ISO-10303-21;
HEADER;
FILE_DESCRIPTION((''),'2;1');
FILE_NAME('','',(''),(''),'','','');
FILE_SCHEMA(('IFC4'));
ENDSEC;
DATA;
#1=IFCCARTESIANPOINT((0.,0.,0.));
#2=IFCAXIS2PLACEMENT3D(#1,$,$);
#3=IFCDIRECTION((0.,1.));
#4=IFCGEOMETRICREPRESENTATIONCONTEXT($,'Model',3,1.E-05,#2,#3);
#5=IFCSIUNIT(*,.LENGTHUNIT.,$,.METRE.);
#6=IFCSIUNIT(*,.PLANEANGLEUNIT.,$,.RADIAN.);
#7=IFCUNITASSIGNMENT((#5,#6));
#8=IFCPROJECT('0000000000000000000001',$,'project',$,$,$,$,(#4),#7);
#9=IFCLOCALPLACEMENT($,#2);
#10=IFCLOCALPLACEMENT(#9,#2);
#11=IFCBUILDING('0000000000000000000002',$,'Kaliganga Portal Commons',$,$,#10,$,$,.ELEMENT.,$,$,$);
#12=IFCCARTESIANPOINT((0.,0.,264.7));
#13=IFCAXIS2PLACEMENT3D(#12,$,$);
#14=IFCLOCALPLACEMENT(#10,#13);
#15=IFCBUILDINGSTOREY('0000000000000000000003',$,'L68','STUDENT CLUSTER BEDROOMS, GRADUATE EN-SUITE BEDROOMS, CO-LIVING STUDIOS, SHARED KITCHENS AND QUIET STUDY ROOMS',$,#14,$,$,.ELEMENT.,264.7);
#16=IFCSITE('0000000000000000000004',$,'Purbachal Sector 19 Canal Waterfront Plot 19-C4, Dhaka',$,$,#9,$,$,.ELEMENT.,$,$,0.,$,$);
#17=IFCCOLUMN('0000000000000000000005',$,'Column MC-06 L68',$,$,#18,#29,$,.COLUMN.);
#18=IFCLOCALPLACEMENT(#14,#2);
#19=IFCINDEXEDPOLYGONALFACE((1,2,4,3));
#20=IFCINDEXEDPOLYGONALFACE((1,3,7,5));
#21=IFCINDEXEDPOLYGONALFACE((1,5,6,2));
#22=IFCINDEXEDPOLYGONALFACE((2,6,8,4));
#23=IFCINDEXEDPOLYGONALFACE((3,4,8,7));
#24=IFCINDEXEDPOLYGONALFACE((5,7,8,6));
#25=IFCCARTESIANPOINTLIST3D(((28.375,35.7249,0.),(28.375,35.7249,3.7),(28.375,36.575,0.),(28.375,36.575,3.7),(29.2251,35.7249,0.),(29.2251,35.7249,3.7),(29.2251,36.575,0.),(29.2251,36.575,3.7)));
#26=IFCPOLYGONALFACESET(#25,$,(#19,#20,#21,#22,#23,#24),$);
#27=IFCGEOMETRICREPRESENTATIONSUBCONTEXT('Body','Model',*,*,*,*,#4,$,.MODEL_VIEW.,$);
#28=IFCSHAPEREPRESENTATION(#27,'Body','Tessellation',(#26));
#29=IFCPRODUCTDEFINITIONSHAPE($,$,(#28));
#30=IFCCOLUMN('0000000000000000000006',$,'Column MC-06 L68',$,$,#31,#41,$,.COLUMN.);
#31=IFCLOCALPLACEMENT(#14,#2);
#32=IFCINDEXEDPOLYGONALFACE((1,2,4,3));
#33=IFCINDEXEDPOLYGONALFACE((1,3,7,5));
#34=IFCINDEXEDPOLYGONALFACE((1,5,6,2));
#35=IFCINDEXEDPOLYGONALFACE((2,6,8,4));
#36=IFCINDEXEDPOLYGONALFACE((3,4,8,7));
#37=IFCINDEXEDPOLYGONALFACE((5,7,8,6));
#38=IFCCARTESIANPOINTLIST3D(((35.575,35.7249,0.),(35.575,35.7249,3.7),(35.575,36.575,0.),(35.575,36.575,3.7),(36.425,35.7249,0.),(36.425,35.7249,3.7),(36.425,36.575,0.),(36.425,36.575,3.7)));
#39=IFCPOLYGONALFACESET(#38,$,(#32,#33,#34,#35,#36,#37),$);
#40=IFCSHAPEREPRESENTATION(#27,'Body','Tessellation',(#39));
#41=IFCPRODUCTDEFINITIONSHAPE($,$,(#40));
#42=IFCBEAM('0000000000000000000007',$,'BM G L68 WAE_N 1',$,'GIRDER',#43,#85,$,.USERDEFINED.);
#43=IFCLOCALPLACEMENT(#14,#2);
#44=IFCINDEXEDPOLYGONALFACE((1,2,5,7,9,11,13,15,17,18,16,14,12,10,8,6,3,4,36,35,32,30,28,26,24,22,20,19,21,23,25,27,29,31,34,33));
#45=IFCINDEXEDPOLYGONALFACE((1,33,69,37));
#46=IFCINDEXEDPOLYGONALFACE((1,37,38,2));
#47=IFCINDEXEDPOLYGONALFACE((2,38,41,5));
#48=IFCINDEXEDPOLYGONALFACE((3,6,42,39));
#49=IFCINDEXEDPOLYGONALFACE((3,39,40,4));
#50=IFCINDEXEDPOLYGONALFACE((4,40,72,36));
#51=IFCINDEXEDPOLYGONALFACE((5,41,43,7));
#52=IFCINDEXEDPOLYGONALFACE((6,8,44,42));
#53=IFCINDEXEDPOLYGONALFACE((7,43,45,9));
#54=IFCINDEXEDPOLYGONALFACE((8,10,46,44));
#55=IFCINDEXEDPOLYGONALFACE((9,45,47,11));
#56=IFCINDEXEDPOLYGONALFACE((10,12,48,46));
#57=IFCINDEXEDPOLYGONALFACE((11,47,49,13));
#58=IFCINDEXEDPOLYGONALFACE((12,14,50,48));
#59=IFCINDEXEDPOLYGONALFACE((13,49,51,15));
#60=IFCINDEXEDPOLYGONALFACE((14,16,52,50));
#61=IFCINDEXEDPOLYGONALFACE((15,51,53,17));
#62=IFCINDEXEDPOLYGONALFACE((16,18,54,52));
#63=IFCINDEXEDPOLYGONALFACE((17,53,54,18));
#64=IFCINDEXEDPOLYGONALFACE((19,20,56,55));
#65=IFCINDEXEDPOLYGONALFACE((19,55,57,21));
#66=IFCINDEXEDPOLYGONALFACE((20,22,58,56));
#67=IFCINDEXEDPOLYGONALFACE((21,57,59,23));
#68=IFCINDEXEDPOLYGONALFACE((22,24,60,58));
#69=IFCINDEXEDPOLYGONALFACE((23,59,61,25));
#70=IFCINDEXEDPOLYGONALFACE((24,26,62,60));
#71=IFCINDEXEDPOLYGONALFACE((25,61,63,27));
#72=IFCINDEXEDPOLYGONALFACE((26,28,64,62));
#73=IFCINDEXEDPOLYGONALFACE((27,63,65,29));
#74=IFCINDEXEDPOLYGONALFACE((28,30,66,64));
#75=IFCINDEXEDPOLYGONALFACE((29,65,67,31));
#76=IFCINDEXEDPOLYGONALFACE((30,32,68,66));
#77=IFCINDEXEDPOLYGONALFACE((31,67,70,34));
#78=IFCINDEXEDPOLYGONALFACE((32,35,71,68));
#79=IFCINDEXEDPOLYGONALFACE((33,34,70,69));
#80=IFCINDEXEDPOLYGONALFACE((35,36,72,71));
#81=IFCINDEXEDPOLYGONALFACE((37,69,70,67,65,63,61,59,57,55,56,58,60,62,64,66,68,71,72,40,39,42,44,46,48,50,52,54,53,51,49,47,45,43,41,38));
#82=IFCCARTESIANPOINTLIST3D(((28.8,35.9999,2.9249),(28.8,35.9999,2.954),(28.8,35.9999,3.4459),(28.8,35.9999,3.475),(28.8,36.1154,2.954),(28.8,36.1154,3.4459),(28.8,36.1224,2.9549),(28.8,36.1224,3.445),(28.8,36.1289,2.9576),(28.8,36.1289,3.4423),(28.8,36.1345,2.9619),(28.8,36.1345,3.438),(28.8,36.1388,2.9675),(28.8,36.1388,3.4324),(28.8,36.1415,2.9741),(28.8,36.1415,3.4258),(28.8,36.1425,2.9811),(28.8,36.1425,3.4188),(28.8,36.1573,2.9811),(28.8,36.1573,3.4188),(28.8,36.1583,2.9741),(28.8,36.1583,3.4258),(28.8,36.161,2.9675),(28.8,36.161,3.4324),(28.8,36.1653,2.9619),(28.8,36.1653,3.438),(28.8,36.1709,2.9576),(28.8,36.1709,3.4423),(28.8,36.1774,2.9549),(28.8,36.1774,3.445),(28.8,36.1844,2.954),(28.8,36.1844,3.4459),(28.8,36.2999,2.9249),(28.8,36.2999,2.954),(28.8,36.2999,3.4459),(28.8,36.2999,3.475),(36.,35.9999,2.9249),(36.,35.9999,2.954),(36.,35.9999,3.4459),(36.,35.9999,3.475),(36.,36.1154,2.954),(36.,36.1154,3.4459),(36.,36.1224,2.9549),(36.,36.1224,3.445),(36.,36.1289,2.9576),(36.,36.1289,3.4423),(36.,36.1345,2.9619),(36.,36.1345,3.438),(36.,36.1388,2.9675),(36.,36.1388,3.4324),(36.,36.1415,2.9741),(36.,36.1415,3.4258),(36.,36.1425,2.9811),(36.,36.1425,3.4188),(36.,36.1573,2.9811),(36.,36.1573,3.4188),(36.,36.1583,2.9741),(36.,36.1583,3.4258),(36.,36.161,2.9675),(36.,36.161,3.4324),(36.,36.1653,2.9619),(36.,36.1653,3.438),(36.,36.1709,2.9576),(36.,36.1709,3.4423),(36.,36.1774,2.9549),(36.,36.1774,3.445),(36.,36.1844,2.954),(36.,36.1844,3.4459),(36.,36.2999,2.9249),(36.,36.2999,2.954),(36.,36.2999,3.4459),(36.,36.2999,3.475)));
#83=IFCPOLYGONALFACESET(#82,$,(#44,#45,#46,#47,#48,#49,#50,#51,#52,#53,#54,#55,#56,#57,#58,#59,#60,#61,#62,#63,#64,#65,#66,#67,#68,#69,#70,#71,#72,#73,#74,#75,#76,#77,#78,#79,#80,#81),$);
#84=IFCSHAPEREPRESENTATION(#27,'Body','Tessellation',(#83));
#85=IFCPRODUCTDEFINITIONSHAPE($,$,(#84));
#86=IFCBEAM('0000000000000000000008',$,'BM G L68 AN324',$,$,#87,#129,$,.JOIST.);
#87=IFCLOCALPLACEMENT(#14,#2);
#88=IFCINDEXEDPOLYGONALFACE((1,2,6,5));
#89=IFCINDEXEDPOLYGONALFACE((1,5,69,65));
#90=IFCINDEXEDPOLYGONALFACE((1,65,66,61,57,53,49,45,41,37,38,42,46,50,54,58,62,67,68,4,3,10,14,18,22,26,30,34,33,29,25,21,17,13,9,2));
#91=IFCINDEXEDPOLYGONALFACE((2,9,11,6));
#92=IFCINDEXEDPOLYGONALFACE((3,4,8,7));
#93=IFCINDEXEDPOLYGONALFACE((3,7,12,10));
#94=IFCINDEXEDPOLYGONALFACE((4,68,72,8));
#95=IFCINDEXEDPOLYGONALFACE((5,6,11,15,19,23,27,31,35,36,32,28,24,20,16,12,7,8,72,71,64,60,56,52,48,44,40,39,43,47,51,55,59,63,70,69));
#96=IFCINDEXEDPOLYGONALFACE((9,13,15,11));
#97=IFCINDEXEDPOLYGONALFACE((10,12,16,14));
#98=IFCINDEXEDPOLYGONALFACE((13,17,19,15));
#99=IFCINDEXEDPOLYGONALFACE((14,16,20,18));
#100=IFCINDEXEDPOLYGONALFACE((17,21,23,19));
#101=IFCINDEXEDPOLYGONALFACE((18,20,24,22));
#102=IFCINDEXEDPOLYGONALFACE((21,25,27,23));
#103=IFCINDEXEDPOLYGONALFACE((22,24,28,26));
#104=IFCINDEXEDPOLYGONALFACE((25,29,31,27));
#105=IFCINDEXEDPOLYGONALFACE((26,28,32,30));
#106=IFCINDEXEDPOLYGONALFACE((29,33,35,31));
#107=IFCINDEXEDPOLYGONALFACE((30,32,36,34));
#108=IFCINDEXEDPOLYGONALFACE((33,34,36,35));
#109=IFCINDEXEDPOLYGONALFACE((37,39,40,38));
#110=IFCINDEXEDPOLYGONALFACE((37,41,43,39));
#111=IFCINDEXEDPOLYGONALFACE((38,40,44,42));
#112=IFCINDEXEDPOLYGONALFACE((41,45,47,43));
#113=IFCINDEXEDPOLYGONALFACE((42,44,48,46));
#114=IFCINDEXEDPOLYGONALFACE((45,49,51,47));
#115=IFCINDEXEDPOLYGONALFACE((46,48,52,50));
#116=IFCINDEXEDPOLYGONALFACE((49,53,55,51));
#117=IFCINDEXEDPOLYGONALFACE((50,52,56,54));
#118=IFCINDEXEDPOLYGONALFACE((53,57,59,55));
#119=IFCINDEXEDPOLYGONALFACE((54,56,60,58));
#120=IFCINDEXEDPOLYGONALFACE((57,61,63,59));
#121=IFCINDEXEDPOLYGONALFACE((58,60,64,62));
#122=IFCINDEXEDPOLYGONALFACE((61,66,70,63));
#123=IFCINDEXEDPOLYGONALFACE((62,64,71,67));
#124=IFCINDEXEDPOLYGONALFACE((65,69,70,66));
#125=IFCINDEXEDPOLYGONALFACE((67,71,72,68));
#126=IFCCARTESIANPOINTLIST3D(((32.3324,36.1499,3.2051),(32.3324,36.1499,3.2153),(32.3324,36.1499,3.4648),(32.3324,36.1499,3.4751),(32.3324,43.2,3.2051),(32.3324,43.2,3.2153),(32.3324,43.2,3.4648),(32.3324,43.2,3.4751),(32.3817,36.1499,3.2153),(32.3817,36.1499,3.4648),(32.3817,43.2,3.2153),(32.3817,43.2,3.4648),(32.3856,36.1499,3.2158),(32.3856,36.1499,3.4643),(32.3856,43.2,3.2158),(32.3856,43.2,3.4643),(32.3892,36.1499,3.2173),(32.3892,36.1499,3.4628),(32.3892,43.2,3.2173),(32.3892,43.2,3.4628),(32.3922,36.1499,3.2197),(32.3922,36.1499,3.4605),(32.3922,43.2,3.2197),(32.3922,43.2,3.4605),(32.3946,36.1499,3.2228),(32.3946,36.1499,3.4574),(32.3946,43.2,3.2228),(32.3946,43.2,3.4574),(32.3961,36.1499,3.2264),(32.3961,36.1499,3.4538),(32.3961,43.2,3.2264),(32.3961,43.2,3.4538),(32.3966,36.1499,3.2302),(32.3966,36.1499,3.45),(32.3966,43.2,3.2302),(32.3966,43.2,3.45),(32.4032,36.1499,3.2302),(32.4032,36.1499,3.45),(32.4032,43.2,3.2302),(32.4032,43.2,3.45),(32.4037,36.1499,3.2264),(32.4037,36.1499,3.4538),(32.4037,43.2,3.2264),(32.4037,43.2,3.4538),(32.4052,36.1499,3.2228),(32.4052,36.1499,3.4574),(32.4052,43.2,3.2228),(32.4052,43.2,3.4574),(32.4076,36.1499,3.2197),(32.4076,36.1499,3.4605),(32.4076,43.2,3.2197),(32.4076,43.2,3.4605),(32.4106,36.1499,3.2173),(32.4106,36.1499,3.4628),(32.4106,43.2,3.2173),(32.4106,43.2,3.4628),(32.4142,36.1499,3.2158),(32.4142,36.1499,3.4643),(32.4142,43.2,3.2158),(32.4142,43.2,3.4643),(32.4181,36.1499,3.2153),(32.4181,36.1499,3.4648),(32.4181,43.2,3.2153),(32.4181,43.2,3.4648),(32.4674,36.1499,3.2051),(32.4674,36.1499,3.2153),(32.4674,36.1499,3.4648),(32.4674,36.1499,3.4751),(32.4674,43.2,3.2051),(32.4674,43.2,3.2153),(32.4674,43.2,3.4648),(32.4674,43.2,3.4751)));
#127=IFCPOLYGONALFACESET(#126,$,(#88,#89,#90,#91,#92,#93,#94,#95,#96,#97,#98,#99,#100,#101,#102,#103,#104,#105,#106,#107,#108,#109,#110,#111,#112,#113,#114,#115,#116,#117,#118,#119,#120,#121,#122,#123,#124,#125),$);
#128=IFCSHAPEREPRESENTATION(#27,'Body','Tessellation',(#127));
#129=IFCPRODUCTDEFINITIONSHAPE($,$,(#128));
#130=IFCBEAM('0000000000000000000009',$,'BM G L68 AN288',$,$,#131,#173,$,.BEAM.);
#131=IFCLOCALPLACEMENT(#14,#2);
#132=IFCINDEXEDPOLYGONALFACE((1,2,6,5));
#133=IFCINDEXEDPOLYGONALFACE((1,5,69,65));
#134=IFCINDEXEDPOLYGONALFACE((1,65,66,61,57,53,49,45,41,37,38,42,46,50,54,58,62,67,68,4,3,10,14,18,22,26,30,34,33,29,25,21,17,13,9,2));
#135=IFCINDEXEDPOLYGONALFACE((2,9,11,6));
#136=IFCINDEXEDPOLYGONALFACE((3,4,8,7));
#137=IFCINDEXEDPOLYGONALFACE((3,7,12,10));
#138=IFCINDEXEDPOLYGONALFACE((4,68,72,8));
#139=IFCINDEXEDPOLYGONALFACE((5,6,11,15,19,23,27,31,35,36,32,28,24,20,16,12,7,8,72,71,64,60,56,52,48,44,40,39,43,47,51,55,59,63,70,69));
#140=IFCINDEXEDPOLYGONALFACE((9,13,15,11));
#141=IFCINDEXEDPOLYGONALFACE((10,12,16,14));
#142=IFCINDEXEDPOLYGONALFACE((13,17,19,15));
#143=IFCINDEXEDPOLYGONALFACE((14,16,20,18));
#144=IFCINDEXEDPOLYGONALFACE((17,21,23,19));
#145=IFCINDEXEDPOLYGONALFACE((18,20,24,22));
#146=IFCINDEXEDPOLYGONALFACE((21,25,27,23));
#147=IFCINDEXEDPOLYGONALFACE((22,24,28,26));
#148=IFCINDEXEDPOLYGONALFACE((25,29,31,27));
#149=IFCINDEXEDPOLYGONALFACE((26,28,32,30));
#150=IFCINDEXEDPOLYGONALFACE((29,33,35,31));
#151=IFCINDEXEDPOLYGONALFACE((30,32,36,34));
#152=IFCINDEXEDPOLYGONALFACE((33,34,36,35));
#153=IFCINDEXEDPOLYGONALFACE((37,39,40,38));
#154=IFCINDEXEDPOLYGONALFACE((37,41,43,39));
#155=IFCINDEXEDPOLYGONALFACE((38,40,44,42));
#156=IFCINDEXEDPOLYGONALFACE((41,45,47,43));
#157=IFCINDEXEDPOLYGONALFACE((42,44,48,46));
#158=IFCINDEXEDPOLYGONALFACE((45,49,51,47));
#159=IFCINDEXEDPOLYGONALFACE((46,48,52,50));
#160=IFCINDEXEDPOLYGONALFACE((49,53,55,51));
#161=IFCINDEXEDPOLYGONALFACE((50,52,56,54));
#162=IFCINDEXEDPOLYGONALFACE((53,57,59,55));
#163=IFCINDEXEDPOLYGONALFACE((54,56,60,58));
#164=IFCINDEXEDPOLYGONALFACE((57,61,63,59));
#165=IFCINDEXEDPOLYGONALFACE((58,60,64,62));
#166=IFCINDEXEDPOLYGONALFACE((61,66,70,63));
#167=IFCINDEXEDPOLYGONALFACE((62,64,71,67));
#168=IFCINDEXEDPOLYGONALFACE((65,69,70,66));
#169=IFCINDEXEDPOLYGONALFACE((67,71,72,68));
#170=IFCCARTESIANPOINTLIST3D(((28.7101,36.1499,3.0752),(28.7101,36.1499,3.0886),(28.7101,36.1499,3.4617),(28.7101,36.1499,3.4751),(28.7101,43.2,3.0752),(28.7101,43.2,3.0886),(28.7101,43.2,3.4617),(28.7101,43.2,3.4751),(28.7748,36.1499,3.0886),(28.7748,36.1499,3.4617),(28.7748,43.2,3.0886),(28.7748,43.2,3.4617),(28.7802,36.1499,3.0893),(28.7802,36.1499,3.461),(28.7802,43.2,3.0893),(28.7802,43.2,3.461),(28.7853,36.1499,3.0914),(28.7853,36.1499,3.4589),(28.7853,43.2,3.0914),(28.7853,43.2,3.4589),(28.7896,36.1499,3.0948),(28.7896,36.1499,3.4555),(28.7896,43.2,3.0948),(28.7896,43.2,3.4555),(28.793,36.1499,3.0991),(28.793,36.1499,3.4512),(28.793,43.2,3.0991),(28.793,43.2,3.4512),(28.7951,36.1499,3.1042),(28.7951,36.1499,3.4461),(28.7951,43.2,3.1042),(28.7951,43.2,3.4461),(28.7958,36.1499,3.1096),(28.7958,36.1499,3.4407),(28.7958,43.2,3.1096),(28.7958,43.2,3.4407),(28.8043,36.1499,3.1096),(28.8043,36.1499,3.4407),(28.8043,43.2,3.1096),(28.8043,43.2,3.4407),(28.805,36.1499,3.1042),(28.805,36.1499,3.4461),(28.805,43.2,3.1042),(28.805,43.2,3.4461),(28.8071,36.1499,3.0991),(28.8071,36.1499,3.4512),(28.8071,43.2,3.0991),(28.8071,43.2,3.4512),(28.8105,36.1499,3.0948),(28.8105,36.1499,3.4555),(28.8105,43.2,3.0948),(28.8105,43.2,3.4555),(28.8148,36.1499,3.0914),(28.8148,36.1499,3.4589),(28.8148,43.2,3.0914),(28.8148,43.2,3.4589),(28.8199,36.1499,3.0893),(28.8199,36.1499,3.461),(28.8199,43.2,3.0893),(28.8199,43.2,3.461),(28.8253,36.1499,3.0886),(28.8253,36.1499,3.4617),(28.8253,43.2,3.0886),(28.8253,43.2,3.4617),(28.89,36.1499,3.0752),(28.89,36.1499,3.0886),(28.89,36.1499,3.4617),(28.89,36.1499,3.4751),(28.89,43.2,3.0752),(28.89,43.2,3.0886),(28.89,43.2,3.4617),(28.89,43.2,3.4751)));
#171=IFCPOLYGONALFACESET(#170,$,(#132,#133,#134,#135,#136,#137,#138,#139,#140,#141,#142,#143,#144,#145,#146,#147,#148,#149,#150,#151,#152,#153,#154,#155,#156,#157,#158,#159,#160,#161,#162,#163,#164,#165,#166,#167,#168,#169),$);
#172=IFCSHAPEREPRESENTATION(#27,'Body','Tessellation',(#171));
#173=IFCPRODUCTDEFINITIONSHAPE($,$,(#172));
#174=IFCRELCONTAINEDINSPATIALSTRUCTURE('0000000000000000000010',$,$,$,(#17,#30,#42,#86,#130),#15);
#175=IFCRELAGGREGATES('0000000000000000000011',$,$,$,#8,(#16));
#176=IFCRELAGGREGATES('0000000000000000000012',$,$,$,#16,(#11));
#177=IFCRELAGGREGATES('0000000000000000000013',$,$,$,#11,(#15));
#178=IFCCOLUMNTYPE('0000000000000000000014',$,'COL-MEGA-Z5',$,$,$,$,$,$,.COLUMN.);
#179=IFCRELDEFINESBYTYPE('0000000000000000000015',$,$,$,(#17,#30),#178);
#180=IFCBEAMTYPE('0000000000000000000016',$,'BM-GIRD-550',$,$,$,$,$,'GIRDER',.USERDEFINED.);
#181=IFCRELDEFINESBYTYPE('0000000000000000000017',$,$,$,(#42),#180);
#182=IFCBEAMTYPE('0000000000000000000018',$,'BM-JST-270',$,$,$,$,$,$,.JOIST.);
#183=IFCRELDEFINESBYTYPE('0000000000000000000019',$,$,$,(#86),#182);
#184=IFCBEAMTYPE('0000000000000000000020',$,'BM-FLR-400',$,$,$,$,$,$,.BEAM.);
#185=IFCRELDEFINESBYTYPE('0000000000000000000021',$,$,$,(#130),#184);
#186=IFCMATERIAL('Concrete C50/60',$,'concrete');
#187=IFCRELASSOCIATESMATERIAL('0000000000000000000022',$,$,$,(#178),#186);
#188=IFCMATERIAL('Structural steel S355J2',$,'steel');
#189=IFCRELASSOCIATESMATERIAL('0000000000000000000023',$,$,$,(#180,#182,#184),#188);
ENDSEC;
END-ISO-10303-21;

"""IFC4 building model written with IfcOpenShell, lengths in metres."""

from ifc_helpers import new_model, si_unit, direction, frame, origin, origin_2d, place, context, subcontext, project, spatial, rectangle, i_section, extrude, source, transform, mapped, material, material_profile, profile_set, type_object, element, save


model = new_model("IFC4")

# Units and contexts
model_context = context("Model", 3, precision=1e-05, world=origin(), true_north=direction((0.0, 1.0)))
body_context = subcontext(model_context, "Body", "Model", "MODEL_VIEW")
ifc_project = project(units=[si_unit("LENGTHUNIT", "METRE"), si_unit("PLANEANGLEUNIT", "RADIAN")], contexts=[model_context])

# Site, building, storey
site_placement = place(None, origin())
site = spatial("IfcSite", under=ifc_project, at=site_placement, Name="Purbachal Sector 19 Canal Waterfront Plot 19-C4, Dhaka", CompositionType="ELEMENT", RefElevation=0.0)
building_placement = place(site_placement, origin())
building = spatial("IfcBuilding", under=site, at=building_placement, Name="Kaliganga Portal Commons", CompositionType="ELEMENT")
storey_placement = place(building_placement, frame((0.0, 0.0, 264.7)))
storey = spatial("IfcBuildingStorey", under=building, at=storey_placement, Name="L68", Description="STUDENT CLUSTER BEDROOMS, GRADUATE EN-SUITE BEDROOMS, CO-LIVING STUDIOS, SHARED KITCHENS AND QUIET STUDY ROOMS", CompositionType="ELEMENT", Elevation=264.7)

# Columns
ifc_material_1 = material(Name="Concrete C50/60", Category="concrete")
ifc_material_profile_1 = material_profile(ifc_material_1, rectangle(XDim=0.8501, YDim=0.8501, at=origin_2d()), Name="RC 850x850")
ifc_profile_set_1 = profile_set([ifc_material_profile_1], Name="Concrete C50/60")
column_type = type_object("IfcColumnType", Name="COL-MEGA-Z5", PredefinedType="COLUMN", material=ifc_profile_set_1)
shared_shape_1 = source(origin(), body_context, "Body", "SweptSolid", [
    extrude(rectangle(XDim=0.8501, YDim=0.8501, at=origin_2d()), origin(), (0.0, 0.0, 1.0), 3.7),
])
for number, where, z_axis, x_axis, name in (
    (1, (28.8, 36.1499, 0.0), (0.0, 0.0, 1.0), (1.0, 0.0, 0.0), "Column MC-06 L68"),
    (2, (36.0, 36.1499, 0.0), (0.0, 0.0, 1.0), (1.0, 0.0, 0.0), "Column MC-06 L68"),
):
    element("IfcColumn", number, at=place(storey_placement, frame(where, z_axis=z_axis, x_axis=x_axis)), inside=storey, type_object=column_type, Name=name, PredefinedType="COLUMN", context=body_context, shape_type="MappedRepresentation", body=[
        mapped(shared_shape_1, transform((0.0, 0.0, 0.0), x_axis=(1.0, 0.0, 0.0), y_axis=(0.0, 1.0, 0.0), z_axis=(0.0, 0.0, 1.0), scale=1.0)),
    ])

# Beams
ifc_material_2 = material(Name="Structural steel S355J2", Category="steel")
ifc_material_profile_2 = material_profile(ifc_material_2, i_section(OverallWidth=0.3, OverallDepth=0.55, WebThickness=0.0149, FlangeThickness=0.0291, FilletRadius=0.0271, at=origin_2d()), Name="HE 550 B")
ifc_profile_set_2 = profile_set([ifc_material_profile_2], Name="Structural steel S355J2 wide-flange")
beam_type_1 = type_object("IfcBeamType", Name="BM-GIRD-550", ElementType="GIRDER", PredefinedType="USERDEFINED", material=ifc_profile_set_2)
shared_shape_2 = source(origin(), body_context, "Body", "SweptSolid", [
    extrude(i_section(OverallWidth=0.3, OverallDepth=0.55, WebThickness=0.0149, FlangeThickness=0.0291, FilletRadius=0.0271, at=origin_2d()), origin(), (0.0, 0.0, 1.0), 7.2),
])
beam_1_placement = place(storey_placement, frame((28.8, 36.1499, 3.2), z_axis=(1.0, 0.0, 0.0), x_axis=(0.0, 1.0, 0.0)))
element("IfcBeam", 3, at=beam_1_placement, inside=storey, type_object=beam_type_1, Name="BM G L68 WAE_N 1", ObjectType="GIRDER", PredefinedType="USERDEFINED", context=body_context, shape_type="MappedRepresentation", body=[
    mapped(shared_shape_2, transform((0.0, 0.0, 0.0), x_axis=(1.0, 0.0, 0.0), y_axis=(0.0, 1.0, 0.0), z_axis=(0.0, 0.0, 1.0), scale=1.0)),
])
ifc_material_profile_3 = material_profile(ifc_material_2, i_section(OverallWidth=0.135, OverallDepth=0.27, WebThickness=0.0066, FlangeThickness=0.0103, FilletRadius=0.0149, at=origin_2d()), Name="IPE 270")
ifc_profile_set_3 = profile_set([ifc_material_profile_3], Name="Structural steel S355J2 wide-flange")
beam_type_2 = type_object("IfcBeamType", Name="BM-JST-270", PredefinedType="JOIST", material=ifc_profile_set_3)
shared_shape_3 = source(origin(), body_context, "Body", "SweptSolid", [
    extrude(i_section(OverallWidth=0.135, OverallDepth=0.27, WebThickness=0.0066, FlangeThickness=0.0103, FilletRadius=0.0149, at=origin_2d()), origin(), (0.0, 0.0, 1.0), 7.05),
])
beam_2_placement = place(storey_placement, frame((32.3999, 36.1499, 3.3401), z_axis=(0.0, 1.0, 0.0), x_axis=(-1.0, 0.0, 0.0)))
element("IfcBeam", 4, at=beam_2_placement, inside=storey, type_object=beam_type_2, Name="BM G L68 AN324", PredefinedType="JOIST", context=body_context, shape_type="MappedRepresentation", body=[
    mapped(shared_shape_3, transform((0.0, 0.0, 0.0), x_axis=(1.0, 0.0, 0.0), y_axis=(0.0, 1.0, 0.0), z_axis=(0.0, 0.0, 1.0), scale=1.0)),
])
ifc_material_profile_4 = material_profile(ifc_material_2, i_section(OverallWidth=0.1799, OverallDepth=0.3999, WebThickness=0.0085, FlangeThickness=0.0134, FilletRadius=0.021, at=origin_2d()), Name="IPE 400")
ifc_profile_set_4 = profile_set([ifc_material_profile_4], Name="Structural steel S355J2 wide-flange")
beam_type_3 = type_object("IfcBeamType", Name="BM-FLR-400", PredefinedType="BEAM", material=ifc_profile_set_4)
shared_shape_4 = source(origin(), body_context, "Body", "SweptSolid", [
    extrude(i_section(OverallWidth=0.1799, OverallDepth=0.3999, WebThickness=0.0085, FlangeThickness=0.0134, FilletRadius=0.021, at=origin_2d()), origin(), (0.0, 0.0, 1.0), 7.05),
])
beam_3_placement = place(storey_placement, frame((28.8, 36.1499, 3.2751), z_axis=(0.0, 1.0, 0.0), x_axis=(-1.0, 0.0, 0.0)))
element("IfcBeam", 5, at=beam_3_placement, inside=storey, type_object=beam_type_3, Name="BM G L68 AN288", PredefinedType="BEAM", context=body_context, shape_type="MappedRepresentation", body=[
    mapped(shared_shape_4, transform((0.0, 0.0, 0.0), x_axis=(1.0, 0.0, 0.0), y_axis=(0.0, 1.0, 0.0), z_axis=(0.0, 0.0, 1.0), scale=1.0)),
])

save(model, "model.ifc")
